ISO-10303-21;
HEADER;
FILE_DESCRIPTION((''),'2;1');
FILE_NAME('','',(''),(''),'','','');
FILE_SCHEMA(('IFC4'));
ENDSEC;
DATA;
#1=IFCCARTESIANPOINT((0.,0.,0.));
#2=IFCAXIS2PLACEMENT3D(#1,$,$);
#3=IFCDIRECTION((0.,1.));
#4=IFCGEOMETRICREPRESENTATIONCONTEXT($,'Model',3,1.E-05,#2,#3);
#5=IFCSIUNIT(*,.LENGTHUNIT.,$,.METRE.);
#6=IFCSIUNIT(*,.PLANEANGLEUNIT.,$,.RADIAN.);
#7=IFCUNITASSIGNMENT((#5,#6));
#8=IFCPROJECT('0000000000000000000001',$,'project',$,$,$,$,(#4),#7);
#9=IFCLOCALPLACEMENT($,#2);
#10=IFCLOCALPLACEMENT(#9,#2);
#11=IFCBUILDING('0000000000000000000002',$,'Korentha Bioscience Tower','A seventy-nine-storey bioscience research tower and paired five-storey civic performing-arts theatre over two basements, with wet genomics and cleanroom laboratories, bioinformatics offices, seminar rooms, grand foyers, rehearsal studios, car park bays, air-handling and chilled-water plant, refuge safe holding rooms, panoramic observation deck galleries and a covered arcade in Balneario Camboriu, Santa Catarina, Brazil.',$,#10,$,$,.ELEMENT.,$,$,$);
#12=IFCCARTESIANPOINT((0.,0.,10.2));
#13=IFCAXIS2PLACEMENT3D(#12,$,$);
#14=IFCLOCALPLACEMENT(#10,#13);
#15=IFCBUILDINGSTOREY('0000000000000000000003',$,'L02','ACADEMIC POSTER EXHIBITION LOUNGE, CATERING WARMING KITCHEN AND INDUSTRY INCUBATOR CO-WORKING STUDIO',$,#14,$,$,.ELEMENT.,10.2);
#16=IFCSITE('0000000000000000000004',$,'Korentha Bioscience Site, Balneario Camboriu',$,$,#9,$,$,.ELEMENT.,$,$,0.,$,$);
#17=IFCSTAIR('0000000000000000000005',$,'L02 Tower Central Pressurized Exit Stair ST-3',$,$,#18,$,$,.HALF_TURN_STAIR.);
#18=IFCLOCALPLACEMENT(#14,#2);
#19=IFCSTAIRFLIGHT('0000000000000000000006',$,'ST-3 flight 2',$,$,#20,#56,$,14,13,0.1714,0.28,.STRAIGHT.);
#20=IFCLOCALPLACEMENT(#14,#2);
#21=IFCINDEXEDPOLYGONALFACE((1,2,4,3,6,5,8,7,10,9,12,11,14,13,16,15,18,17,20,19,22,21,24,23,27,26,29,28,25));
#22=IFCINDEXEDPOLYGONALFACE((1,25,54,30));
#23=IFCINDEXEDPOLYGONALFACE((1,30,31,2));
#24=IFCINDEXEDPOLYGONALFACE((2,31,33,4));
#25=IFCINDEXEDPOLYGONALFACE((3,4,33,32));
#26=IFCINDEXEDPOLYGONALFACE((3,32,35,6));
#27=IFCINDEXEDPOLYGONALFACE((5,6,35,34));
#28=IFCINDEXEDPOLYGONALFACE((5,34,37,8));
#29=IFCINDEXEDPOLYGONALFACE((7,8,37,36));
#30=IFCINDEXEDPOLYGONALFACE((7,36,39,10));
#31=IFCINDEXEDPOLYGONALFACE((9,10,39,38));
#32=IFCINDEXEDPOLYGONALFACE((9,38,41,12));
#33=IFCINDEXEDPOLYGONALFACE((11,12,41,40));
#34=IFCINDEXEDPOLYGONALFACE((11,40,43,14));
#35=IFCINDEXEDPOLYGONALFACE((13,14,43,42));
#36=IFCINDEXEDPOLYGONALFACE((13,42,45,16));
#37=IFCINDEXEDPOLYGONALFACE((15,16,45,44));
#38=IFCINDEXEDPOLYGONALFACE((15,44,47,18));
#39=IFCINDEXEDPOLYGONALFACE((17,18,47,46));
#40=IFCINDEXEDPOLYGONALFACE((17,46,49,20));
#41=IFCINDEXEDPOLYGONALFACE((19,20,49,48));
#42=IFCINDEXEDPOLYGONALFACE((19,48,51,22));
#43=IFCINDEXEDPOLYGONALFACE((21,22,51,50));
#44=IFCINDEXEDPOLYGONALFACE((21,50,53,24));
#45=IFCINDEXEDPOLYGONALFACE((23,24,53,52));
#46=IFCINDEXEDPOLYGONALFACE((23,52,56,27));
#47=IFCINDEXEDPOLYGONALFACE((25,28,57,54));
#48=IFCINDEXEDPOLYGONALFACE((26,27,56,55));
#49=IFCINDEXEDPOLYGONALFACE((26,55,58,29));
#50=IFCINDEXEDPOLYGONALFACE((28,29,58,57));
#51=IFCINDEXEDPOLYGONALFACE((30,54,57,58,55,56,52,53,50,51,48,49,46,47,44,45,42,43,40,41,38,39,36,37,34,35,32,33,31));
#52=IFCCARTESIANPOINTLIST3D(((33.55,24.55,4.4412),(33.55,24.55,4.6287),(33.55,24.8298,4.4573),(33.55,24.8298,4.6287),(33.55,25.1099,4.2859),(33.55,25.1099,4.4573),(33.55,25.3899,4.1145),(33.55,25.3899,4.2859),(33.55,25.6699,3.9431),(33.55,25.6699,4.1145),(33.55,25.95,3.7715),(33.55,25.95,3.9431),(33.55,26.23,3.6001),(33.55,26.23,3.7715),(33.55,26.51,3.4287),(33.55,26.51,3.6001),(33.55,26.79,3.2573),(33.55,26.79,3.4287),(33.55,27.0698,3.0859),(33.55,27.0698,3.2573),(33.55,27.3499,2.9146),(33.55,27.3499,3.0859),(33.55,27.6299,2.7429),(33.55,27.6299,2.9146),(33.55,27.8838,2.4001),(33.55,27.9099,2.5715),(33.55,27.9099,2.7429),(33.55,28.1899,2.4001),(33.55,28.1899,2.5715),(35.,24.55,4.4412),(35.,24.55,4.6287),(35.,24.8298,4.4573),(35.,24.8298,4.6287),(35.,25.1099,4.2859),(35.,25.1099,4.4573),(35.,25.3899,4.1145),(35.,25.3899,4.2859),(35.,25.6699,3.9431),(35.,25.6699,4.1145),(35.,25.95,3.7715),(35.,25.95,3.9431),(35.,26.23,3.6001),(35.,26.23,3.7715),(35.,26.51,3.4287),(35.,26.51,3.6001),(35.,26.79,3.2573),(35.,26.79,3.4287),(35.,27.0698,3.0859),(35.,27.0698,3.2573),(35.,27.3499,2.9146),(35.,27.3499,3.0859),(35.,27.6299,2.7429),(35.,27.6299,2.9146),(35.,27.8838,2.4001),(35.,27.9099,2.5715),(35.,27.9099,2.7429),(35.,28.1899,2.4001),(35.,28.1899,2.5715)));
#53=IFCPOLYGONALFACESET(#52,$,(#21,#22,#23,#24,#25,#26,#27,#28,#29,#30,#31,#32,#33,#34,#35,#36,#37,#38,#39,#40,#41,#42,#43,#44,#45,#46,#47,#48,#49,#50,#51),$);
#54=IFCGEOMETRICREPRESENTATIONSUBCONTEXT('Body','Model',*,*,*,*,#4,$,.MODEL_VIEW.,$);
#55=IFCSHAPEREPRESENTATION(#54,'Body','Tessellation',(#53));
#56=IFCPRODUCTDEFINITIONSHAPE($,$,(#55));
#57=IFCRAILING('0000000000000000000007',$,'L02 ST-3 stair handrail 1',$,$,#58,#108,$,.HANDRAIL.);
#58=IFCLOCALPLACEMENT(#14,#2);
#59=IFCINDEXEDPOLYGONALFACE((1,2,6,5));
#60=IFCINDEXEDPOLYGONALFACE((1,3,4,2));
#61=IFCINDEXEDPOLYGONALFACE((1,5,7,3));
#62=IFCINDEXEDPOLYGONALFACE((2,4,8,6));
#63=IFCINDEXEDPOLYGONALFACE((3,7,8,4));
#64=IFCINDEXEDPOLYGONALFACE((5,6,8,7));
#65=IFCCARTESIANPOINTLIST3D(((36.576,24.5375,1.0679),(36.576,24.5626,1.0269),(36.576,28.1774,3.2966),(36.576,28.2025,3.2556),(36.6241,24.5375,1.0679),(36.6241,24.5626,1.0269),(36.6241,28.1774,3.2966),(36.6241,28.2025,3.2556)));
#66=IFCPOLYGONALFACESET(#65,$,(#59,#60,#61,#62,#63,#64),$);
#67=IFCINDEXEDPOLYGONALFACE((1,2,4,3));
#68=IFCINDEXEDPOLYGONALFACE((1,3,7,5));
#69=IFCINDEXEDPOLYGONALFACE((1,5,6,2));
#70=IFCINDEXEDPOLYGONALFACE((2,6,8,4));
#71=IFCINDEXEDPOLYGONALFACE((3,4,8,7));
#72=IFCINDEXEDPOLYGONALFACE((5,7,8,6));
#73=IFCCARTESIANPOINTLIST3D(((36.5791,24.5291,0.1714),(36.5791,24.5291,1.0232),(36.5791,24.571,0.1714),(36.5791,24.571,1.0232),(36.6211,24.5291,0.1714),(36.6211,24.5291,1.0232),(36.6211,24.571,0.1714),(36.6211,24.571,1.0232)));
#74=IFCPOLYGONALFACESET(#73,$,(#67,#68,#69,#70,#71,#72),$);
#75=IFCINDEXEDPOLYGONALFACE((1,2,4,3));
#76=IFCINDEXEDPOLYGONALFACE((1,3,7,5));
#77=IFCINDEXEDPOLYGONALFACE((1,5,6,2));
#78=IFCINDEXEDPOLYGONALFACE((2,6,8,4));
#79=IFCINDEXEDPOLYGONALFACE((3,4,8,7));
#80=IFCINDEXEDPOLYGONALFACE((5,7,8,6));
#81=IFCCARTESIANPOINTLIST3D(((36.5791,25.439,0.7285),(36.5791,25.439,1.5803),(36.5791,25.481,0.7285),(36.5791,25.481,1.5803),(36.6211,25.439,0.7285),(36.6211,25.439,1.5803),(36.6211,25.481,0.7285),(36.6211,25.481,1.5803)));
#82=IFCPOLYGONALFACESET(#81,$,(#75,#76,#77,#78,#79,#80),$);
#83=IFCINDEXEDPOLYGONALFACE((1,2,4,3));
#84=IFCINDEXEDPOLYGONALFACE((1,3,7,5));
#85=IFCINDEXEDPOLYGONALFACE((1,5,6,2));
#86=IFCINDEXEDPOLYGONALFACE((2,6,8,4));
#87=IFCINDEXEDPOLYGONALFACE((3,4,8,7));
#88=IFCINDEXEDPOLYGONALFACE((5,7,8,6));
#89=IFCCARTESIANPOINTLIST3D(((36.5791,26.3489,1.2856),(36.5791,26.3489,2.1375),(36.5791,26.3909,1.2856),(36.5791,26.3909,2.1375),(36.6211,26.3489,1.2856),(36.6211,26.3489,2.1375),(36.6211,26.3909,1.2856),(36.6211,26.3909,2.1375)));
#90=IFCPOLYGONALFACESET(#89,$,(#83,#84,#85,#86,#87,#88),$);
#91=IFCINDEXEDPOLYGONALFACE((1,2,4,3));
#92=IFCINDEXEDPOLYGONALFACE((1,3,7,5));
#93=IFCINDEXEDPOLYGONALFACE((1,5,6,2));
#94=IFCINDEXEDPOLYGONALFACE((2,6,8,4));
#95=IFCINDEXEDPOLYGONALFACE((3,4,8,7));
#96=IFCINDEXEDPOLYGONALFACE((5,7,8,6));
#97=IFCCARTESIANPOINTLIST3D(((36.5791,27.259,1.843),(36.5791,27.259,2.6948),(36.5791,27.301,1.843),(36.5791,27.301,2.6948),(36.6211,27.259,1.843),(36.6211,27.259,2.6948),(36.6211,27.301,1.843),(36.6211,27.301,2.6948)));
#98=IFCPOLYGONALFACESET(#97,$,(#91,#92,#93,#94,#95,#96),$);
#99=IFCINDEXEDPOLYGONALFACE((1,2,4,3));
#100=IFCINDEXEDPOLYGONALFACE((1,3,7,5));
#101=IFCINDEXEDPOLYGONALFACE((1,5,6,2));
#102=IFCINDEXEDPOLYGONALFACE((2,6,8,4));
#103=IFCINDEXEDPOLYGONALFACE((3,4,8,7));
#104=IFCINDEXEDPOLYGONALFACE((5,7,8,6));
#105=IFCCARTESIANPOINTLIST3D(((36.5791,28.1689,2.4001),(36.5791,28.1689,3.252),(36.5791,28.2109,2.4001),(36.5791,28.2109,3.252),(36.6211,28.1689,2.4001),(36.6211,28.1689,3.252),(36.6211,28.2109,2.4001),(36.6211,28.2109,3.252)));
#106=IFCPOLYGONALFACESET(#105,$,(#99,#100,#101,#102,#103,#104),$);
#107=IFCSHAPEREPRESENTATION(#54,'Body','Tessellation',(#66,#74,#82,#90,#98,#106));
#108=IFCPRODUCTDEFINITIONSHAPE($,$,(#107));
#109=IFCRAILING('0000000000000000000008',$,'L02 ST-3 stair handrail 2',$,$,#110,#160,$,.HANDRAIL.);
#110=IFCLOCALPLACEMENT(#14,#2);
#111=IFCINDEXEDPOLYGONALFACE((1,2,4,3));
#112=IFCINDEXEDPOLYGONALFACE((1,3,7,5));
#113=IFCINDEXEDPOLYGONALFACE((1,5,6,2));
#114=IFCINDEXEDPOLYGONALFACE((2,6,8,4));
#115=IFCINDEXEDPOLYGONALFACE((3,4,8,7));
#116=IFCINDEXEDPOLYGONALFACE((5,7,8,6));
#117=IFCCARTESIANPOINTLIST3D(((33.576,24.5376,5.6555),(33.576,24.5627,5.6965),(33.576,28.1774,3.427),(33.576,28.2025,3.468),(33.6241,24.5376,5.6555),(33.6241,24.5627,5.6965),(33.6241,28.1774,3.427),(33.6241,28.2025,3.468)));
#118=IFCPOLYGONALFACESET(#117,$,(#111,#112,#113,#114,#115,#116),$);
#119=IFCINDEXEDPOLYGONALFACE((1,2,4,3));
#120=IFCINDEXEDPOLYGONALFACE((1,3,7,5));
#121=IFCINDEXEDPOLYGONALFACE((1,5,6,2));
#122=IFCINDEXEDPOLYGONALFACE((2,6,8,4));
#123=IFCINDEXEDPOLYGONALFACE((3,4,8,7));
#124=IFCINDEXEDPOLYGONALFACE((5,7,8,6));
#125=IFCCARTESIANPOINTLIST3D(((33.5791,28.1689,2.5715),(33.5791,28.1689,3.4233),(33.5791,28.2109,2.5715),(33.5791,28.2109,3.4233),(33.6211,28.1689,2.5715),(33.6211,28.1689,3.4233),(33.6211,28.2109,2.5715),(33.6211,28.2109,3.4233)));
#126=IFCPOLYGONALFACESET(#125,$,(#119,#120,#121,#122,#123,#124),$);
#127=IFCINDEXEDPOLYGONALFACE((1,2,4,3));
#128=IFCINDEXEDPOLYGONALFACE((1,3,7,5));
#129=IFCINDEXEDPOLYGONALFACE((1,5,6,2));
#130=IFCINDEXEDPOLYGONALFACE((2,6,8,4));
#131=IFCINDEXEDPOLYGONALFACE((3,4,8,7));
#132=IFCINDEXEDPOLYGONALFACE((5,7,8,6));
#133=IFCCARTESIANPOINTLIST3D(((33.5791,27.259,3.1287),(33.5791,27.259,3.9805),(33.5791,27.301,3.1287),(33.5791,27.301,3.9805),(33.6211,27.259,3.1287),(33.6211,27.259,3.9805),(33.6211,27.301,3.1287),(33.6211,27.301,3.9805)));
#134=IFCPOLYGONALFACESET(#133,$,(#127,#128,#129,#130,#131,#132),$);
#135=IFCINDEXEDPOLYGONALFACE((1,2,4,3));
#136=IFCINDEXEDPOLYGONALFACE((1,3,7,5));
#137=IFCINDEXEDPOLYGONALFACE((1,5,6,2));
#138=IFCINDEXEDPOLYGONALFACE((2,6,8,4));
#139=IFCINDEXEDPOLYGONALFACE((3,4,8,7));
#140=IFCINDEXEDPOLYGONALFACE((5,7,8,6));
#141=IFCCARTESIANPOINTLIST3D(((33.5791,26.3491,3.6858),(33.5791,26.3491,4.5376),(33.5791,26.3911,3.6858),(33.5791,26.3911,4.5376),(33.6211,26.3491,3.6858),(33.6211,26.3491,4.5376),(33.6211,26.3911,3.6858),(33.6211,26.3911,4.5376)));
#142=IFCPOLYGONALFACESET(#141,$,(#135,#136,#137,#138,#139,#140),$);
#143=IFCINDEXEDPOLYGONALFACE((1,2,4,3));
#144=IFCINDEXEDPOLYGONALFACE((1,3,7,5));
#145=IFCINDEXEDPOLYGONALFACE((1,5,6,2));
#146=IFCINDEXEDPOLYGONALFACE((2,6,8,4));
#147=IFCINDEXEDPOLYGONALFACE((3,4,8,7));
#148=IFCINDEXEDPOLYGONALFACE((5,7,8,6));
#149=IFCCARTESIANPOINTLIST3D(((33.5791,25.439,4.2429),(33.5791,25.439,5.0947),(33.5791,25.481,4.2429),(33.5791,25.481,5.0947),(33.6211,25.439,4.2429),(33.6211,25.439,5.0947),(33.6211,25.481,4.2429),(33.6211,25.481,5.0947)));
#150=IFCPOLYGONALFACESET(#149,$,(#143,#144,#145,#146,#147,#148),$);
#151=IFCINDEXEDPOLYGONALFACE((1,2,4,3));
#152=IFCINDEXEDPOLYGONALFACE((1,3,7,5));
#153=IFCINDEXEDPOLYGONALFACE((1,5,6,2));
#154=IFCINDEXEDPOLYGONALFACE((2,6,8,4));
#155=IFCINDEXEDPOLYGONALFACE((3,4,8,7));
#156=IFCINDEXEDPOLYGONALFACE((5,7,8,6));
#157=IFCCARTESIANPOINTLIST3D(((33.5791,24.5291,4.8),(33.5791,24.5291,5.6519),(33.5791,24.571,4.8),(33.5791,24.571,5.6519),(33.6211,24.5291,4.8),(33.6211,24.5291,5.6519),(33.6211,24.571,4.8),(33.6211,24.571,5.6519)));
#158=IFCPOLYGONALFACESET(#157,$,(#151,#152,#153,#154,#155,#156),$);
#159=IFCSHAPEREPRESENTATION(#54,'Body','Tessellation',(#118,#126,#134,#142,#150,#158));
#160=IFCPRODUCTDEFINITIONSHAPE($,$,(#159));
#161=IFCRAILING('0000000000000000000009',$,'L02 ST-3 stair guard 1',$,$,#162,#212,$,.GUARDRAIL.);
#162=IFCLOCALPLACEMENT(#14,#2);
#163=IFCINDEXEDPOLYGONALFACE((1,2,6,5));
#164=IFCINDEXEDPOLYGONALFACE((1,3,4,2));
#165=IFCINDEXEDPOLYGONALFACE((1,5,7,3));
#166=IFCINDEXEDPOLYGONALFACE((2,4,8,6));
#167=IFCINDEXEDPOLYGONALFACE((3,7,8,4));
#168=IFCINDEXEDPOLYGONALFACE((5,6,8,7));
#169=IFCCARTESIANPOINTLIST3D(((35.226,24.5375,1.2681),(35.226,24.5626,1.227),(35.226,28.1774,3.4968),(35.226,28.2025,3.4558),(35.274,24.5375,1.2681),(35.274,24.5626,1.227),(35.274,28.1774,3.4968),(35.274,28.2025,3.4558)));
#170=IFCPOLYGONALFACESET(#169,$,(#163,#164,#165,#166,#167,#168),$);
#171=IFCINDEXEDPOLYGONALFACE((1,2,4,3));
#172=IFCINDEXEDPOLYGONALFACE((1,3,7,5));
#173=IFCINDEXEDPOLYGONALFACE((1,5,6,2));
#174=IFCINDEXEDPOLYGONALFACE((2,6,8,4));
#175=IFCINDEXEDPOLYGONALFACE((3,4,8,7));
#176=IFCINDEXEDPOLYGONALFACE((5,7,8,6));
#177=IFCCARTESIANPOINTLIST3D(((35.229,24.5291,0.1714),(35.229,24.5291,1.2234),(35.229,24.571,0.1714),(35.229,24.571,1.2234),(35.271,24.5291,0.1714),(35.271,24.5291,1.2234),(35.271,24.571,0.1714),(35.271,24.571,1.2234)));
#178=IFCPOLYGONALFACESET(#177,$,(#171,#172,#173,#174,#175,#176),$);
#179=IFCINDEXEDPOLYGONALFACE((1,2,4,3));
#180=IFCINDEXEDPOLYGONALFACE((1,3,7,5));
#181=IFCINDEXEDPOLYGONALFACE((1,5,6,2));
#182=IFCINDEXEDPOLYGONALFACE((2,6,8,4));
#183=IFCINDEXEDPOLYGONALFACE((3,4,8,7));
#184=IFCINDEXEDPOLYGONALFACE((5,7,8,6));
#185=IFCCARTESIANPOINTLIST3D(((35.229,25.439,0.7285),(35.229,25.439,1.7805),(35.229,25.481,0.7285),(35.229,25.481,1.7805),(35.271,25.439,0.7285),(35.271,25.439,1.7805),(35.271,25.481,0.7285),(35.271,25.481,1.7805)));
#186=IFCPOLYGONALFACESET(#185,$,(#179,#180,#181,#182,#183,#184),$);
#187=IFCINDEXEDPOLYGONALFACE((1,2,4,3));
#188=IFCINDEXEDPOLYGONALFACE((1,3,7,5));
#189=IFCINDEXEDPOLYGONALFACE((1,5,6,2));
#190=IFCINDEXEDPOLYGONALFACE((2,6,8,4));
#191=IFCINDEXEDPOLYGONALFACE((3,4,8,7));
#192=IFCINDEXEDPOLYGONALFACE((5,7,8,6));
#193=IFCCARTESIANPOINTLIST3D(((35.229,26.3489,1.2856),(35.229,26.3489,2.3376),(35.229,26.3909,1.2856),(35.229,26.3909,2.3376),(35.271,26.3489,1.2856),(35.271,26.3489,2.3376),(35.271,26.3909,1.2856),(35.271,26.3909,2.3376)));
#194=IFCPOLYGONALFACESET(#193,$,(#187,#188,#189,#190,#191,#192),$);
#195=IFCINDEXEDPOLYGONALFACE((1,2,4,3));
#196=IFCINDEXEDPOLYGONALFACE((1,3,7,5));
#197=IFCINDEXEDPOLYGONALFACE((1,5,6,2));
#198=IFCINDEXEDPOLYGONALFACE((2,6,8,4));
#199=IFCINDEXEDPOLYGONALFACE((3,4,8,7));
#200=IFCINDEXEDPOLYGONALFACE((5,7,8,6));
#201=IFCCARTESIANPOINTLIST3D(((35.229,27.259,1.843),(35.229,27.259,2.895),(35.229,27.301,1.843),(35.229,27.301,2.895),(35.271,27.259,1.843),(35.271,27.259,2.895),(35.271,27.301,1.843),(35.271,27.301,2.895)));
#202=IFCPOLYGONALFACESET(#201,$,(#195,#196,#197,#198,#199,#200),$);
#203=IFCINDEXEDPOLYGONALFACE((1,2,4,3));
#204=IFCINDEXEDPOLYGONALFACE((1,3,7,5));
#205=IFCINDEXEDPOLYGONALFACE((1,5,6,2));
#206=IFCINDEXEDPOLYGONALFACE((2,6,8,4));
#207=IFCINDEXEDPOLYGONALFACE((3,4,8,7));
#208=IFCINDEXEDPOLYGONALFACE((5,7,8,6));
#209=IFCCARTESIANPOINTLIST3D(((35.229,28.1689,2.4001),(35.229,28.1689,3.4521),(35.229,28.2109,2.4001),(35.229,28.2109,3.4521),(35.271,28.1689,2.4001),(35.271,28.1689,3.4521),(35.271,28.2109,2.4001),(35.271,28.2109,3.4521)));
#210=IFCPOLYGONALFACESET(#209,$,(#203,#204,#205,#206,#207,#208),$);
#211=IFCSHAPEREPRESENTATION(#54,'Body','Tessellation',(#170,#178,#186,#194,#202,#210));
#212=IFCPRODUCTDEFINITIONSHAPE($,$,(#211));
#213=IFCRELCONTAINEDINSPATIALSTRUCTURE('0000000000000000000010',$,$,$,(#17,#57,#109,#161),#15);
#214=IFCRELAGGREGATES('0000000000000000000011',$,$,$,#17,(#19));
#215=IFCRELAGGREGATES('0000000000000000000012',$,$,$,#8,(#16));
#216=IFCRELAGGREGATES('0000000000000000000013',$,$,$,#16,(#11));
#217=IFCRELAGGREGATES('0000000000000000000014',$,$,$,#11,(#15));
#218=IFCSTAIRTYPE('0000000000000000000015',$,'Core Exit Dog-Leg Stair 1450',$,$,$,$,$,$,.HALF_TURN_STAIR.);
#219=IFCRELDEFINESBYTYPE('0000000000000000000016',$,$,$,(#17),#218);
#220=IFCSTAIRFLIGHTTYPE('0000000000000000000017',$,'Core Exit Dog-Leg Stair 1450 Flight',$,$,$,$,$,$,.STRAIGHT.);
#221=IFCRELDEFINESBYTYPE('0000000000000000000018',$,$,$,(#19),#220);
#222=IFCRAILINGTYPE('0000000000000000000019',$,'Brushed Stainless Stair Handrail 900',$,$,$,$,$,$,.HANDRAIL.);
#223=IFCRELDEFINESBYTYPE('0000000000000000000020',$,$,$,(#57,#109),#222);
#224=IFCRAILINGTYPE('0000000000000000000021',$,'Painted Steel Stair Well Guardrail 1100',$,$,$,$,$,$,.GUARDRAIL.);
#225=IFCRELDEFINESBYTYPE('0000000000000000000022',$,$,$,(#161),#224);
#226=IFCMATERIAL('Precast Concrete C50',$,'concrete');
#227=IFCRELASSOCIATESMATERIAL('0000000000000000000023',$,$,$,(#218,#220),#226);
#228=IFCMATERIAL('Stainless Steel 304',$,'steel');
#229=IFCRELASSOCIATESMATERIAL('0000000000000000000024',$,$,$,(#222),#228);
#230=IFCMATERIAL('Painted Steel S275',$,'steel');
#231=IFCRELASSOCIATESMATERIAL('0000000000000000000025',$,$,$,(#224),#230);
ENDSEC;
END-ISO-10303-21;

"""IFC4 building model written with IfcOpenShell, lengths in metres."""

from ifc_helpers import new_model, si_unit, direction, frame, origin, origin_2d, place, context, subcontext, project, spatial, polyline, rectangle, outline, extrude, material, type_object, element, aggregate, save


model = new_model("IFC4")

# Units and contexts
model_context = context("Model", 3, precision=1e-05, world=origin(), true_north=direction((0.0, 1.0)))
body_context = subcontext(model_context, "Body", "Model", "MODEL_VIEW")
ifc_project = project(units=[si_unit("LENGTHUNIT", "METRE"), si_unit("PLANEANGLEUNIT", "RADIAN")], contexts=[model_context])

# Site, building, storey
site_placement = place(None, origin())
site = spatial("IfcSite", under=ifc_project, at=site_placement, Name="Korentha Bioscience Site, Balneario Camboriu", CompositionType="ELEMENT", RefElevation=0.0)
building_placement = place(site_placement, origin())
building = spatial("IfcBuilding", under=site, at=building_placement, Name="Korentha Bioscience Tower", Description="A seventy-nine-storey bioscience research tower and paired five-storey civic performing-arts theatre over two basements, with wet genomics and cleanroom laboratories, bioinformatics offices, seminar rooms, grand foyers, rehearsal studios, car park bays, air-handling and chilled-water plant, refuge safe holding rooms, panoramic observation deck galleries and a covered arcade in Balneario Camboriu, Santa Catarina, Brazil.", CompositionType="ELEMENT")
storey_placement = place(building_placement, frame((0.0, 0.0, 10.2)))
storey = spatial("IfcBuildingStorey", under=building, at=storey_placement, Name="L02", Description="ACADEMIC POSTER EXHIBITION LOUNGE, CATERING WARMING KITCHEN AND INDUSTRY INCUBATOR CO-WORKING STUDIO", CompositionType="ELEMENT", Elevation=10.2)

# Stair, stair flight
ifc_material_1 = material(Name="Precast Concrete C50", Category="concrete")
stair_type = type_object("IfcStairType", Name="Core Exit Dog-Leg Stair 1450", PredefinedType="HALF_TURN_STAIR", material=ifc_material_1)
stair_placement = place(storey_placement, origin())
stair = element("IfcStair", 1, at=stair_placement, inside=storey, type_object=stair_type, Name="L02 Tower Central Pressurized Exit Stair ST-3", PredefinedType="HALF_TURN_STAIR")
stair_flight_type = type_object("IfcStairFlightType", Name="Core Exit Dog-Leg Stair 1450 Flight", PredefinedType="STRAIGHT", material=ifc_material_1)
stair_flight_1_placement = place(storey_placement, frame((34.2749, 28.1899, 2.4001), z_axis=(0.0, 0.0, 1.0), x_axis=(0.0, -1.0, 0.0)))
stair_flight_1 = element("IfcStairFlight", 2, at=stair_flight_1_placement, type_object=stair_flight_type, Name="ST-3 flight 2", NumberOfRisers=14, NumberOfTreads=13, PredefinedType="STRAIGHT", RiserHeight=0.1714, TreadLength=0.28, context=body_context, shape_type="SweptSolid", body=[
    extrude(outline(polyline([(0.0, 0.0), (0.0, 0.1714), (0.28, 0.1714), (0.28, 0.3428), (0.5601, 0.3428), (0.5601, 0.5144), (0.8401, 0.5144), (0.8401, 0.6858), (1.1201, 0.6858), (1.1201, 0.8572), (1.3999, 0.8572), (1.3999, 1.0286), (1.6799, 1.0286), (1.6799, 1.2), (1.96, 1.2), (1.96, 1.3713), (2.24, 1.3713), (2.24, 1.543), (2.52, 1.543), (2.52, 1.7144), (2.8, 1.7144), (2.8, 1.8857), (3.0801, 1.8857), (3.0801, 2.0571), (3.3601, 2.0571), (3.3601, 2.2285), (3.6399, 2.2285), (3.6399, 2.3999), (3.6399, 2.041), (0.3062, 0.0), (0.0, 0.0)])), frame((0.0, 0.7251, 0.0), z_axis=(0.0, -1.0, 0.0), x_axis=(1.0, 0.0, 0.0)), (0.0, 0.0, 1.0), 1.45),
])
aggregate(stair, [stair_flight_1])

# Railings
ifc_material_2 = material(Name="Stainless Steel 304", Category="steel")
railing_type_1 = type_object("IfcRailingType", Name="Brushed Stainless Stair Handrail 900", PredefinedType="HANDRAIL", material=ifc_material_2)
railing_1_placement = place(storey_placement, frame((36.6001, 24.55, 0.1714)))
element("IfcRailing", 3, at=railing_1_placement, inside=storey, type_object=railing_type_1, Name="L02 ST-3 stair handrail 1", PredefinedType="HANDRAIL", context=body_context, shape_type="SweptSolid", body=[
    extrude(rectangle(XDim=0.0481, YDim=0.0481, at=origin_2d()), frame((0.0, 0.0, 0.876), z_axis=(0.0, 0.852825, 0.522197), x_axis=(-1.0, 0.0, 0.0)), (0.0, 0.0, 1.0), 4.2681),
    extrude(rectangle(XDim=0.042, YDim=0.042, at=origin_2d()), origin(), (0.0, 0.0, 1.0), 0.8518),
    extrude(rectangle(XDim=0.042, YDim=0.042, at=origin_2d()), frame((0.0, 0.9099, 0.5571)), (0.0, 0.0, 1.0), 0.8518),
    extrude(rectangle(XDim=0.042, YDim=0.042, at=origin_2d()), frame((0.0, 1.8198, 1.1143)), (0.0, 0.0, 1.0), 0.8518),
    extrude(rectangle(XDim=0.042, YDim=0.042, at=origin_2d()), frame((0.0, 2.73, 1.6716)), (0.0, 0.0, 1.0), 0.8518),
    extrude(rectangle(XDim=0.042, YDim=0.042, at=origin_2d()), frame((0.0, 3.6399, 2.2288)), (0.0, 0.0, 1.0), 0.8518),
])
railing_2_placement = place(storey_placement, frame((33.6001, 28.1899, 2.5715)))
element("IfcRailing", 4, at=railing_2_placement, inside=storey, type_object=railing_type_1, Name="L02 ST-3 stair handrail 2", PredefinedType="HANDRAIL", context=body_context, shape_type="SweptSolid", body=[
    extrude(rectangle(XDim=0.0481, YDim=0.0481, at=origin_2d()), frame((0.0, 0.0, 0.876), z_axis=(0.0, -0.85285, 0.522156), x_axis=(1.0, 0.0, 0.0)), (0.0, 0.0, 1.0), 4.2678),
    extrude(rectangle(XDim=0.042, YDim=0.042, at=origin_2d()), origin(), (0.0, 0.0, 1.0), 0.8518),
    extrude(rectangle(XDim=0.042, YDim=0.042, at=origin_2d()), frame((0.0, -0.9099, 0.5571)), (0.0, 0.0, 1.0), 0.8518),
    extrude(rectangle(XDim=0.042, YDim=0.042, at=origin_2d()), frame((0.0, -1.8198, 1.1143)), (0.0, 0.0, 1.0), 0.8518),
    extrude(rectangle(XDim=0.042, YDim=0.042, at=origin_2d()), frame((0.0, -2.73, 1.6714)), (0.0, 0.0, 1.0), 0.8518),
    extrude(rectangle(XDim=0.042, YDim=0.042, at=origin_2d()), frame((0.0, -3.6399, 2.2285)), (0.0, 0.0, 1.0), 0.8518),
])
ifc_material_3 = material(Name="Painted Steel S275", Category="steel")
railing_type_2 = type_object("IfcRailingType", Name="Painted Steel Stair Well Guardrail 1100", PredefinedType="GUARDRAIL", material=ifc_material_3)
railing_3_placement = place(storey_placement, frame((35.25, 24.55, 0.1714)))
element("IfcRailing", 5, at=railing_3_placement, inside=storey, type_object=railing_type_2, Name="L02 ST-3 stair guard 1", PredefinedType="GUARDRAIL", context=body_context, shape_type="SweptSolid", body=[
    extrude(rectangle(XDim=0.0481, YDim=0.0481, at=origin_2d()), frame((0.0, 0.0, 1.0762), z_axis=(0.0, 0.852825, 0.522197), x_axis=(-1.0, 0.0, 0.0)), (0.0, 0.0, 1.0), 4.2681),
    extrude(rectangle(XDim=0.042, YDim=0.042, at=origin_2d()), origin(), (0.0, 0.0, 1.0), 1.052),
    extrude(rectangle(XDim=0.042, YDim=0.042, at=origin_2d()), frame((0.0, 0.9099, 0.5571)), (0.0, 0.0, 1.0), 1.052),
    extrude(rectangle(XDim=0.042, YDim=0.042, at=origin_2d()), frame((0.0, 1.8198, 1.1143)), (0.0, 0.0, 1.0), 1.052),
    extrude(rectangle(XDim=0.042, YDim=0.042, at=origin_2d()), frame((0.0, 2.73, 1.6716)), (0.0, 0.0, 1.0), 1.052),
    extrude(rectangle(XDim=0.042, YDim=0.042, at=origin_2d()), frame((0.0, 3.6399, 2.2288)), (0.0, 0.0, 1.0), 1.052),
])

save(model, "model.ifc")
